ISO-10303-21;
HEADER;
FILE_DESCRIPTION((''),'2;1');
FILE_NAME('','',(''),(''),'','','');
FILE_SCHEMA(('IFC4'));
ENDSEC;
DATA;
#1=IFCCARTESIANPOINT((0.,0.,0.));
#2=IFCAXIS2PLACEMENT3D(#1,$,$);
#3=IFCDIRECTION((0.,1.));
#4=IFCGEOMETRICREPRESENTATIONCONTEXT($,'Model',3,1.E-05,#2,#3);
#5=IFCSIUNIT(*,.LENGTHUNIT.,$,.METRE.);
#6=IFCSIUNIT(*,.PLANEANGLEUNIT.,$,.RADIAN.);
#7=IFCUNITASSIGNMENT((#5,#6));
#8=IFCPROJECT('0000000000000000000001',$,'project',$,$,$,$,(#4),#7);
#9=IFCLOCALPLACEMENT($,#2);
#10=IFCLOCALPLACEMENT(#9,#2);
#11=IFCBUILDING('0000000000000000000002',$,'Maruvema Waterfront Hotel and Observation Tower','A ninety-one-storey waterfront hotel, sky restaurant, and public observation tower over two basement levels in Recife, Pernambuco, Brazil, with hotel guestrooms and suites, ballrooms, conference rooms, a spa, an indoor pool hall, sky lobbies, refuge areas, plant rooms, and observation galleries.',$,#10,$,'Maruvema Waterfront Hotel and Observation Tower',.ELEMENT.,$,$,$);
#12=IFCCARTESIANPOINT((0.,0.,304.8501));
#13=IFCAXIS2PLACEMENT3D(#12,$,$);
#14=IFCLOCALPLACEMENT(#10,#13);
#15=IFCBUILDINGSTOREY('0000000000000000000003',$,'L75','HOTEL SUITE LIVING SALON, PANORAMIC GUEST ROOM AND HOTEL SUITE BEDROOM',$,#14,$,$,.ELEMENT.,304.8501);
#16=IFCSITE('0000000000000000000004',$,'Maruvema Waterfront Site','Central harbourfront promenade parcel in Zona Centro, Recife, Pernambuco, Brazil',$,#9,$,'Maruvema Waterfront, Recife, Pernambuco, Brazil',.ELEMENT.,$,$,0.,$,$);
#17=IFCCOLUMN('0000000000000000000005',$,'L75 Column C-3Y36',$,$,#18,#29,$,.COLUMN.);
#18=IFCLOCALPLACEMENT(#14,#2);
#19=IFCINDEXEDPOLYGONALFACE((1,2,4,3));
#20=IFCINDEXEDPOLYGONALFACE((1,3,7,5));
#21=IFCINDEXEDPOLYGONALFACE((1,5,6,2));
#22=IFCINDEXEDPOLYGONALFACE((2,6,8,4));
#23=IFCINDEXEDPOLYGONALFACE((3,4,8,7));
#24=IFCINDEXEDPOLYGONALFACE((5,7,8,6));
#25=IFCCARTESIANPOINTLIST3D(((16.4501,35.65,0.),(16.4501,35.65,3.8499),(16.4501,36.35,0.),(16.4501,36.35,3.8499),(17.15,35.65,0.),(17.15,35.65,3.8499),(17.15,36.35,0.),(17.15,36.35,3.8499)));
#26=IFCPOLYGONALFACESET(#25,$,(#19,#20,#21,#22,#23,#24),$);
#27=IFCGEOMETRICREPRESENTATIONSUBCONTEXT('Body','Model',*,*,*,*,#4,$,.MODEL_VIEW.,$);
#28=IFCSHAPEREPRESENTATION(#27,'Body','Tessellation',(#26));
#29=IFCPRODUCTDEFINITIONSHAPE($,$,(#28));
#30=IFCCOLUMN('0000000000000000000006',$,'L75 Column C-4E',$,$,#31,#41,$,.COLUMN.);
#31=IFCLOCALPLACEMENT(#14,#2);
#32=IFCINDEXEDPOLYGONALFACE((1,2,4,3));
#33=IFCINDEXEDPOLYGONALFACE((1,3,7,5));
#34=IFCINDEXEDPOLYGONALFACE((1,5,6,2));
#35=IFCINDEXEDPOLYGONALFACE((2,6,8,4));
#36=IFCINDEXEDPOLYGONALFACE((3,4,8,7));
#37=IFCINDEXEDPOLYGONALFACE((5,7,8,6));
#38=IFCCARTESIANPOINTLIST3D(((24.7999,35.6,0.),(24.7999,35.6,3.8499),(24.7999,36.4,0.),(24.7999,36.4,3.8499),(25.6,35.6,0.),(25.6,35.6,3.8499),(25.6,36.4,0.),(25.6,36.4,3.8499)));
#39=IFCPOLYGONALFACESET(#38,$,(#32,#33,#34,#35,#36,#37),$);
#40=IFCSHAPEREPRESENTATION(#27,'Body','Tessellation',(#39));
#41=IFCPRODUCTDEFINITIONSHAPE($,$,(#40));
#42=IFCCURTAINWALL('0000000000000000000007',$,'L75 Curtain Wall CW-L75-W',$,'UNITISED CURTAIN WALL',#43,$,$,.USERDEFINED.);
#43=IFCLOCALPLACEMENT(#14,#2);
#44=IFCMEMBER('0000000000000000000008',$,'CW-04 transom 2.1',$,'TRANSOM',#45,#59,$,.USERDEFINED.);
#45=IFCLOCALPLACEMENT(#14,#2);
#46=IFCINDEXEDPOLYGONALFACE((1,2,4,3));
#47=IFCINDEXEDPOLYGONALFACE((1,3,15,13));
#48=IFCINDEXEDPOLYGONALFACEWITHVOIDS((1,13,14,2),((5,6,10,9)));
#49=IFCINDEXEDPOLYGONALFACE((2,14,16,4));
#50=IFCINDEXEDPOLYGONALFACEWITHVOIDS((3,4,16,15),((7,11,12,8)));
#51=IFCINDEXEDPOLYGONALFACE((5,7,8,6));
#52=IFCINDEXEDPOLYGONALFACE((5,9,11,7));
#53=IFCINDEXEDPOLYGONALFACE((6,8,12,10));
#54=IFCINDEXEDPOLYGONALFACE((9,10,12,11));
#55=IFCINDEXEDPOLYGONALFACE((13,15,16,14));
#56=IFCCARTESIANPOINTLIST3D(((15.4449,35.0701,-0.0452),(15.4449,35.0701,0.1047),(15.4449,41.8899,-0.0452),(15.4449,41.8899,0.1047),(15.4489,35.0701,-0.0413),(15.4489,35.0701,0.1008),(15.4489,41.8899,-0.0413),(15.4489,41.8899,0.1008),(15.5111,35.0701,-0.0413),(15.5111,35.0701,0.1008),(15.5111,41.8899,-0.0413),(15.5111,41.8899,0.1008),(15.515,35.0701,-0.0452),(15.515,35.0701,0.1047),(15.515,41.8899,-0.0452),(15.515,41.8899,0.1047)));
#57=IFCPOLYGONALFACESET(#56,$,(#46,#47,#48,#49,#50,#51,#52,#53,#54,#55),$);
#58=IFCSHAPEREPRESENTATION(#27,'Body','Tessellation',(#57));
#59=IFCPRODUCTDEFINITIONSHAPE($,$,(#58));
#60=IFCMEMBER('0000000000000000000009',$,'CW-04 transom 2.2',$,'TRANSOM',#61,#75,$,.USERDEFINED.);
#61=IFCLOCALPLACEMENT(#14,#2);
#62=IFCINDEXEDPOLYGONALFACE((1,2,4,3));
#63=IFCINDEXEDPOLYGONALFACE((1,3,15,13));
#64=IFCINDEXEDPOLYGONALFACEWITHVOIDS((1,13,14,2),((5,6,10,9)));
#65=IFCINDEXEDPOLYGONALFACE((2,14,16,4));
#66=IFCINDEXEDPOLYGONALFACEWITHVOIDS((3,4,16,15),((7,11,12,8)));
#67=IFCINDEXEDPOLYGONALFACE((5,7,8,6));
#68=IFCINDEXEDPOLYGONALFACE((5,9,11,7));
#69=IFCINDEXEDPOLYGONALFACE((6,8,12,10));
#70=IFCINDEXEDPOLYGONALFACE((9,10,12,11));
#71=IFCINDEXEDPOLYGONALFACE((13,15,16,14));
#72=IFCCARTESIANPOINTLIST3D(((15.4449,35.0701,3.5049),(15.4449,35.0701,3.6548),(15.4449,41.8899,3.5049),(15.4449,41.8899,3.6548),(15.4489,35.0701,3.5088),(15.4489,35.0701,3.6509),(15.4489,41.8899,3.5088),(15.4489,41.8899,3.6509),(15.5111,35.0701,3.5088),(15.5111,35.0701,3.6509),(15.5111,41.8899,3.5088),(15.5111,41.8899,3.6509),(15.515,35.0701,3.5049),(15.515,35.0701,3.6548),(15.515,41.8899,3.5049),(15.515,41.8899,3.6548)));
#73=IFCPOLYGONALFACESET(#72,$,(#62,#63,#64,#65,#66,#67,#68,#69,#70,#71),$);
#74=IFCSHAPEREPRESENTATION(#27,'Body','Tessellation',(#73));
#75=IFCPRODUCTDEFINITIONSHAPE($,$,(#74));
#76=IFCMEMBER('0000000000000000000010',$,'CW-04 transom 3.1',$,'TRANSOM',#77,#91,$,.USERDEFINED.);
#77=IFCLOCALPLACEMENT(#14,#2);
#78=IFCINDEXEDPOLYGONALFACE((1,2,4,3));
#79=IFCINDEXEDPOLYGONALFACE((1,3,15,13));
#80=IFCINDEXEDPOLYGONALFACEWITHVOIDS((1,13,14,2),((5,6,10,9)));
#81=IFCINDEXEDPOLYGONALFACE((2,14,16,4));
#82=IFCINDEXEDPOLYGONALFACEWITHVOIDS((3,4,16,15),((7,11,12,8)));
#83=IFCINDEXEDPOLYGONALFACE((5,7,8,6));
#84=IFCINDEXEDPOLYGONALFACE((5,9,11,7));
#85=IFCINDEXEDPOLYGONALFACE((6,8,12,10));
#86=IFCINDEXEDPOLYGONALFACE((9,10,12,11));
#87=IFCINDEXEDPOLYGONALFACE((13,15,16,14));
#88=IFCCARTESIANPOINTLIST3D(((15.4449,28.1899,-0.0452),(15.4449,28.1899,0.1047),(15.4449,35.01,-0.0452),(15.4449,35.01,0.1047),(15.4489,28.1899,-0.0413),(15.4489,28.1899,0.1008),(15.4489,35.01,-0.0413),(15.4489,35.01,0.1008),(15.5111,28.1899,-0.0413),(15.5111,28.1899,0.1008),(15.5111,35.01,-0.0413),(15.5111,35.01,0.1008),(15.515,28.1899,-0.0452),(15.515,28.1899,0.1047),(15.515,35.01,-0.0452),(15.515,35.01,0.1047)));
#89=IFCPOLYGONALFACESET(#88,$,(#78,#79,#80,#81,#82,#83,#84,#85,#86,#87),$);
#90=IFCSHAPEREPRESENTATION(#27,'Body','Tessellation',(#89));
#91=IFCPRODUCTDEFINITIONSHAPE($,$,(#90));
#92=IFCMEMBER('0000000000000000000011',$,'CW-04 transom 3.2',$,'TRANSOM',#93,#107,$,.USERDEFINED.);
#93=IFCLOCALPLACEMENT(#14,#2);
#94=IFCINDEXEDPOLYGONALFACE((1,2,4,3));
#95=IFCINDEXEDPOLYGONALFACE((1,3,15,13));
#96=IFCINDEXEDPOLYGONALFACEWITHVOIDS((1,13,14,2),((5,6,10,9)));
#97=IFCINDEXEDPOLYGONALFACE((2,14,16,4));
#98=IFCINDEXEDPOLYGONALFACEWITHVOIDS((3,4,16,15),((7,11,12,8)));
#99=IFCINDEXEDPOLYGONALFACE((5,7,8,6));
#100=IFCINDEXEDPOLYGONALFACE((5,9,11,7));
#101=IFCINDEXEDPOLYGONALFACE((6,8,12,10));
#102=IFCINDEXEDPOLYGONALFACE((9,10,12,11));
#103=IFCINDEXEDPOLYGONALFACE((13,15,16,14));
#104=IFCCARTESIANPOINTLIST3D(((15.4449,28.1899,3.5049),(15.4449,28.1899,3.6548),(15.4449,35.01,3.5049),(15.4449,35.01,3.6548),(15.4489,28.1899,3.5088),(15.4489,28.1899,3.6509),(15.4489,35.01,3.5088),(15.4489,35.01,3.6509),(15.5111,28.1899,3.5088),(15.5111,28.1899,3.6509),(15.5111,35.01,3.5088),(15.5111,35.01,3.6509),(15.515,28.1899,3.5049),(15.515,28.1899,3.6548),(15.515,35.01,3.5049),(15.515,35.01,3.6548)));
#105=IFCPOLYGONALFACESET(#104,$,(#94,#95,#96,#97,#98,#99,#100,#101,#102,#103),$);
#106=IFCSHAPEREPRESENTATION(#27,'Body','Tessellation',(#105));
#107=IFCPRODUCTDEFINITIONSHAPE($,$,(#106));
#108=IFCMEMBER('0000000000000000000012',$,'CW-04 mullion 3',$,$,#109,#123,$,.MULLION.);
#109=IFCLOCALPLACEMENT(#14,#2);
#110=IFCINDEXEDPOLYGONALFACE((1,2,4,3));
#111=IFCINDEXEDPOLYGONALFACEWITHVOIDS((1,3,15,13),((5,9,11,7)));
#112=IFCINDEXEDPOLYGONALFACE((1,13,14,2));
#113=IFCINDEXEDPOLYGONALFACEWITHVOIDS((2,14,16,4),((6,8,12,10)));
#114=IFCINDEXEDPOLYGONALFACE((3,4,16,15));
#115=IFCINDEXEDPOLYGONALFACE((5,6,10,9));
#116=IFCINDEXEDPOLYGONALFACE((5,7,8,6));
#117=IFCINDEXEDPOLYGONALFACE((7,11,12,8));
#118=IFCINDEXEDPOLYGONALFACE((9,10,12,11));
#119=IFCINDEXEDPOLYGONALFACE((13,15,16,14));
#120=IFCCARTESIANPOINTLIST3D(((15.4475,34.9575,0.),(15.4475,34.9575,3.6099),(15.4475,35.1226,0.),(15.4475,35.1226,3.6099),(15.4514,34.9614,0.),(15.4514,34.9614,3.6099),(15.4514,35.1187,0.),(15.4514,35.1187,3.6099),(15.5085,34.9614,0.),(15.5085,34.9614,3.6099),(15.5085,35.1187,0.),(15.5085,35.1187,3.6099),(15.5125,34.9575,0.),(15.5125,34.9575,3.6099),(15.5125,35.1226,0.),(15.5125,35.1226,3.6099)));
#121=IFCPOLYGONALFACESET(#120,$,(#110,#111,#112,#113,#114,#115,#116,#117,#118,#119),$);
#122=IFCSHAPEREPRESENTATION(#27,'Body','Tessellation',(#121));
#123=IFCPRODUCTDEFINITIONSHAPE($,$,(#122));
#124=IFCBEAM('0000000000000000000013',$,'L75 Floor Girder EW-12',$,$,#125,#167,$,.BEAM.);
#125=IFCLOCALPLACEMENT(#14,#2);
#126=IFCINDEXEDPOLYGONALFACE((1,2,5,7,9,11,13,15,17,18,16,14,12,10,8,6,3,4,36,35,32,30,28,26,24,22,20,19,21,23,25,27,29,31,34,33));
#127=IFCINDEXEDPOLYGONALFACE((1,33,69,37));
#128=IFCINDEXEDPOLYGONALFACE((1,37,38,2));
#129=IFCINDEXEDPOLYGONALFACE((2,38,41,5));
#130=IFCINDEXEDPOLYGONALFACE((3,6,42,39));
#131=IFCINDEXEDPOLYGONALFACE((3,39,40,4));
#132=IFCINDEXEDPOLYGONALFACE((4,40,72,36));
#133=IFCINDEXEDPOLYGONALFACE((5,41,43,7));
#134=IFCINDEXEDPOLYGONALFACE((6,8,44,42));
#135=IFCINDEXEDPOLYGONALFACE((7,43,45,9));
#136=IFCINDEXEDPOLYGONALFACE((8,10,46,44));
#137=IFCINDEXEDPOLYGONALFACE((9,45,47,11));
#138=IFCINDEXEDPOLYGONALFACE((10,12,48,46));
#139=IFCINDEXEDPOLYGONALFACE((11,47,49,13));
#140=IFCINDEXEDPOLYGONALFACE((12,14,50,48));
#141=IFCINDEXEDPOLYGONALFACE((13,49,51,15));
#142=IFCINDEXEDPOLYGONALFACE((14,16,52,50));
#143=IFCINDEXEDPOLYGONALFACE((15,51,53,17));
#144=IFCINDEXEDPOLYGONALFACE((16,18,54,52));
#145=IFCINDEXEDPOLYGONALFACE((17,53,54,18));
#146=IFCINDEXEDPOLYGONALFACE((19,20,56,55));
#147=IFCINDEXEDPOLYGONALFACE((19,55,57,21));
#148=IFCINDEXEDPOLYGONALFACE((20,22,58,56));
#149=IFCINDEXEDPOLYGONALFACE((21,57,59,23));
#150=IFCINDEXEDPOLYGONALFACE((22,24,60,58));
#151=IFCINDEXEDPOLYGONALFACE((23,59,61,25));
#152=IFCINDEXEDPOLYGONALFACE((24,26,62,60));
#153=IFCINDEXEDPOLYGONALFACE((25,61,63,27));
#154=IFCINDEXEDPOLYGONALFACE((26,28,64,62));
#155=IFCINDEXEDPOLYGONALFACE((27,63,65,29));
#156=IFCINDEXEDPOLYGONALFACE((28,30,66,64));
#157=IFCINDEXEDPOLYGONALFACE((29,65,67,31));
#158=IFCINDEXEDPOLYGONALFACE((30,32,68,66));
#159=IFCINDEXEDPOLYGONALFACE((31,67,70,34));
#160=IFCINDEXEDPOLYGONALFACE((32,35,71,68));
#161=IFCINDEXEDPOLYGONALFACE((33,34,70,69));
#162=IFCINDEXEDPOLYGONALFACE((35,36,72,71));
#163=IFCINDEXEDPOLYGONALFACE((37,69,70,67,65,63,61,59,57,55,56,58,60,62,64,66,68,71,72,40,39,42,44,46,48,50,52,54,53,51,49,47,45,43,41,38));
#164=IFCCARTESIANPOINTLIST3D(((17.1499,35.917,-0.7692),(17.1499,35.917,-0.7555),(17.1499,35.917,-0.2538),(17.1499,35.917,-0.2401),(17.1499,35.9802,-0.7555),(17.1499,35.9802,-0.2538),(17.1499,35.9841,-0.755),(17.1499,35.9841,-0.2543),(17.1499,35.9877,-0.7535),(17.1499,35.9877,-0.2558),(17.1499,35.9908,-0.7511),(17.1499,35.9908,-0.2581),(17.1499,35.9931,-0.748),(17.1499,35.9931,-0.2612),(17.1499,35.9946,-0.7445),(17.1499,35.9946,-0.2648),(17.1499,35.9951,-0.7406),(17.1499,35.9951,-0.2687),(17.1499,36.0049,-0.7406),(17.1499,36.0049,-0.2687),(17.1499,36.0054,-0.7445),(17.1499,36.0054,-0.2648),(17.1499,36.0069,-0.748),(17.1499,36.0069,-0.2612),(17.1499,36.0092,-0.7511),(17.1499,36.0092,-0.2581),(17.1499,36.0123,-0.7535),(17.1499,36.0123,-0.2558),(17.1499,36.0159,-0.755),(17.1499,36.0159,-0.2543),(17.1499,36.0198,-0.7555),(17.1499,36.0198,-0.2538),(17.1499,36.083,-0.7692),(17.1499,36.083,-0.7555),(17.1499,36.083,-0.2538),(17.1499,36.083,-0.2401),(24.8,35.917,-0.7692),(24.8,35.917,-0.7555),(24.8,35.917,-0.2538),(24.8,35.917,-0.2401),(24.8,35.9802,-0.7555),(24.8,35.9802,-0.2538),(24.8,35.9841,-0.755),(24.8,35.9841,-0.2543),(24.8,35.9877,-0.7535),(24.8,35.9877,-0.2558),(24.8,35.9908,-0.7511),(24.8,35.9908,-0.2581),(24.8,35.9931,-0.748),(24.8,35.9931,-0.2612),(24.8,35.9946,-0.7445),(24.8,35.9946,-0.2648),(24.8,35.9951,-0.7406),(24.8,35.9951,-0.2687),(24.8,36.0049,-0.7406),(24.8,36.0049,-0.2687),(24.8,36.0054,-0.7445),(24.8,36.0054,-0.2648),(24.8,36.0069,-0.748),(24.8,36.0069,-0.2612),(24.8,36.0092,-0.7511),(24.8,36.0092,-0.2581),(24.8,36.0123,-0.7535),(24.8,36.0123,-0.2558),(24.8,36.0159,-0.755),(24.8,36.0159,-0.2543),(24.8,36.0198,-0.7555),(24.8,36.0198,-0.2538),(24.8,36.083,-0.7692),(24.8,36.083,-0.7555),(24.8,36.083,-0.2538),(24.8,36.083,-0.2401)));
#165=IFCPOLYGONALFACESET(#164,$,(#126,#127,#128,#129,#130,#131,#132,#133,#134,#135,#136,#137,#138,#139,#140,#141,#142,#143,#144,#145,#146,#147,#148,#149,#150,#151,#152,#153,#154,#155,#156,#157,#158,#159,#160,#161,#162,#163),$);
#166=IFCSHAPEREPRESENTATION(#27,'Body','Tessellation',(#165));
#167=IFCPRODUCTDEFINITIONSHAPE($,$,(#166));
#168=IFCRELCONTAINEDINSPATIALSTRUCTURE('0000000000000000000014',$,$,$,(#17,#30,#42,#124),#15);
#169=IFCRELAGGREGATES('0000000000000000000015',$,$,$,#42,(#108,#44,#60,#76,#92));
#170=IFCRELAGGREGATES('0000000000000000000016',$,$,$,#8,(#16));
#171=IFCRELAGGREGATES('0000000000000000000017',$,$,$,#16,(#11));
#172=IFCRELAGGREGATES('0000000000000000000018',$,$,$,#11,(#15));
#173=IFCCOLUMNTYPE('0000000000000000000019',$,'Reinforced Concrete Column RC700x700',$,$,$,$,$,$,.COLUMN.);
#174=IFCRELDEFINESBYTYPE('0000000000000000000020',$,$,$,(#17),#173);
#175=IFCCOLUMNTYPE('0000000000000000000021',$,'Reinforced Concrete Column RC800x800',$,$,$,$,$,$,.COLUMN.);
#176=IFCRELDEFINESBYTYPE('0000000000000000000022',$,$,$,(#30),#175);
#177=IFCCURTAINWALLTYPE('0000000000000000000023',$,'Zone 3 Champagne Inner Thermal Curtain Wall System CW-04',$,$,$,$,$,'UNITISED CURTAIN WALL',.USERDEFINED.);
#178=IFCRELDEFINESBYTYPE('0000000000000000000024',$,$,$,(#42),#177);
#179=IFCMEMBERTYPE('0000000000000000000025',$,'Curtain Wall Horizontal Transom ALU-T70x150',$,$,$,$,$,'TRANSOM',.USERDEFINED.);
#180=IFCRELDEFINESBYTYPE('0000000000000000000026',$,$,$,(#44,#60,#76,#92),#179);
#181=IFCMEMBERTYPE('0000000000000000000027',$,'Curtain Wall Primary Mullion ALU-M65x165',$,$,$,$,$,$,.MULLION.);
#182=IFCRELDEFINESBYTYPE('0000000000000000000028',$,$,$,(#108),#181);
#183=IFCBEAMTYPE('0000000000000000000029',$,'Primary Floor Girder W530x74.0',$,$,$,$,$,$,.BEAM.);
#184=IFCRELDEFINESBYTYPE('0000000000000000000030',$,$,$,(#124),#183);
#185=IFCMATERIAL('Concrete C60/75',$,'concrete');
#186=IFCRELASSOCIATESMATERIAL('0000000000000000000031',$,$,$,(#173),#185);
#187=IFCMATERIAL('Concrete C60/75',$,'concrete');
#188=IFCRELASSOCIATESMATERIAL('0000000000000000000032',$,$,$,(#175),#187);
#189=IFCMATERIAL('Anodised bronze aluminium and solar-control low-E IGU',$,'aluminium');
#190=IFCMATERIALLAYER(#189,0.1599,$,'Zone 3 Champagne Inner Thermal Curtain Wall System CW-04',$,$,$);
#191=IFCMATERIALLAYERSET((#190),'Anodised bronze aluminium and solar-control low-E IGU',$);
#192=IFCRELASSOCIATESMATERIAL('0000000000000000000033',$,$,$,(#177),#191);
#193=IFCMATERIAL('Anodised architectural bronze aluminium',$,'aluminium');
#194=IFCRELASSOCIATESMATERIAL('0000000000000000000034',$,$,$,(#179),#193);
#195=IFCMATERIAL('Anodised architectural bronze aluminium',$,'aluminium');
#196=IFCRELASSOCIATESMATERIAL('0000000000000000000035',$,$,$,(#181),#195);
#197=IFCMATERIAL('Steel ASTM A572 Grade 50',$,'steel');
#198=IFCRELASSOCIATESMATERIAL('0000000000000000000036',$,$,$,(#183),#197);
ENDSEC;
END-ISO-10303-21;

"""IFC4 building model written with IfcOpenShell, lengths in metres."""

from ifc_helpers import new_model, si_unit, direction, frame, origin, origin_2d, place, context, subcontext, project, spatial, rectangle, hollow_rectangle, i_section, extrude, material, layer, layer_set, material_profile, profile_set, type_object, element, aggregate, save


model = new_model("IFC4")

# Units and contexts
model_context = context("Model", 3, precision=1e-05, world=origin(), true_north=direction((0.0, 1.0)))
body_context = subcontext(model_context, "Body", "Model", "MODEL_VIEW")
ifc_project = project(units=[si_unit("LENGTHUNIT", "METRE"), si_unit("PLANEANGLEUNIT", "RADIAN")], contexts=[model_context])

# Site, building, storey
site_placement = place(None, origin())
site = spatial("IfcSite", under=ifc_project, at=site_placement, Name="Maruvema Waterfront Site", Description="Central harbourfront promenade parcel in Zona Centro, Recife, Pernambuco, Brazil", LongName="Maruvema Waterfront, Recife, Pernambuco, Brazil", CompositionType="ELEMENT", RefElevation=0.0)
building_placement = place(site_placement, origin())
building = spatial("IfcBuilding", under=site, at=building_placement, Name="Maruvema Waterfront Hotel and Observation Tower", Description="A ninety-one-storey waterfront hotel, sky restaurant, and public observation tower over two basement levels in Recife, Pernambuco, Brazil, with hotel guestrooms and suites, ballrooms, conference rooms, a spa, an indoor pool hall, sky lobbies, refuge areas, plant rooms, and observation galleries.", LongName="Maruvema Waterfront Hotel and Observation Tower", CompositionType="ELEMENT")
storey_placement = place(building_placement, frame((0.0, 0.0, 304.8501)))
storey = spatial("IfcBuildingStorey", under=building, at=storey_placement, Name="L75", Description="HOTEL SUITE LIVING SALON, PANORAMIC GUEST ROOM AND HOTEL SUITE BEDROOM", CompositionType="ELEMENT", Elevation=304.8501)

# Columns
ifc_material_1 = material(Name="Concrete C60/75", Category="concrete")
ifc_material_profile_1 = material_profile(ifc_material_1, rectangle(XDim=0.7, YDim=0.7, at=origin_2d()), Name="RC700x700")
ifc_profile_set_1 = profile_set([ifc_material_profile_1], Name="Concrete C60/75")
column_type_1 = type_object("IfcColumnType", Name="Reinforced Concrete Column RC700x700", PredefinedType="COLUMN", material=ifc_profile_set_1)
column_1_placement = place(storey_placement, frame((16.8, 36.0, 0.0), z_axis=(0.0, 0.0, 1.0), x_axis=(1.0, 0.0, 0.0)))
element("IfcColumn", 1, at=column_1_placement, inside=storey, type_object=column_type_1, Name="L75 Column C-3Y36", PredefinedType="COLUMN", context=body_context, shape_type="SweptSolid", body=[
    extrude(rectangle(XDim=0.7, YDim=0.7, at=origin_2d()), origin(), (0.0, 0.0, 1.0), 3.8499),
])
ifc_material_2 = material(Name="Concrete C60/75", Category="concrete")
ifc_material_profile_2 = material_profile(ifc_material_2, rectangle(XDim=0.8, YDim=0.8, at=origin_2d()), Name="RC800x800")
ifc_profile_set_2 = profile_set([ifc_material_profile_2], Name="Concrete C60/75")
column_type_2 = type_object("IfcColumnType", Name="Reinforced Concrete Column RC800x800", PredefinedType="COLUMN", material=ifc_profile_set_2)
column_2_placement = place(storey_placement, frame((25.2, 36.0, 0.0), z_axis=(0.0, 0.0, 1.0), x_axis=(1.0, 0.0, 0.0)))
element("IfcColumn", 2, at=column_2_placement, inside=storey, type_object=column_type_2, Name="L75 Column C-4E", PredefinedType="COLUMN", context=body_context, shape_type="SweptSolid", body=[
    extrude(rectangle(XDim=0.8, YDim=0.8, at=origin_2d()), origin(), (0.0, 0.0, 1.0), 3.8499),
])

# Curtain wall, members
ifc_material_3 = material(Name="Anodised bronze aluminium and solar-control low-E IGU", Category="aluminium")
ifc_layer_1 = layer(ifc_material_3, 0.1599, Name="Zone 3 Champagne Inner Thermal Curtain Wall System CW-04")
ifc_layer_set_1 = layer_set([ifc_layer_1], Name="Anodised bronze aluminium and solar-control low-E IGU")
curtain_wall_type = type_object("IfcCurtainWallType", Name="Zone 3 Champagne Inner Thermal Curtain Wall System CW-04", ElementType="UNITISED CURTAIN WALL", PredefinedType="USERDEFINED", material=ifc_layer_set_1)
curtain_wall_placement = place(storey_placement, origin())
curtain_wall = element("IfcCurtainWall", 3, at=curtain_wall_placement, inside=storey, type_object=curtain_wall_type, Name="L75 Curtain Wall CW-L75-W", ObjectType="UNITISED CURTAIN WALL", PredefinedType="USERDEFINED")
ifc_material_4 = material(Name="Anodised architectural bronze aluminium", Category="aluminium")
ifc_material_profile_3 = material_profile(ifc_material_4, hollow_rectangle(XDim=0.0701, YDim=0.1499, WallThickness=0.0039, at=origin_2d()), Name="ALU-T70x150")
ifc_profile_set_3 = profile_set([ifc_material_profile_3], Name="Anodised architectural bronze aluminium")
member_type_1 = type_object("IfcMemberType", Name="Curtain Wall Horizontal Transom ALU-T70x150", ElementType="TRANSOM", PredefinedType="USERDEFINED", material=ifc_profile_set_3)
member_1_placement = place(storey_placement, frame((15.48, 41.8899, 0.0298), z_axis=(0.0, -1.0, 0.0), x_axis=(1.0, 0.0, 0.0)))
member_1 = element("IfcMember", 4, at=member_1_placement, type_object=member_type_1, Name="CW-04 transom 2.1", ObjectType="TRANSOM", PredefinedType="USERDEFINED", context=body_context, shape_type="SweptSolid", body=[
    extrude(hollow_rectangle(XDim=0.0701, YDim=0.1499, WallThickness=0.0039, at=origin_2d()), origin(), (0.0, 0.0, 1.0), 6.8198),
])
member_2_placement = place(storey_placement, frame((15.48, 41.8899, 3.5798), z_axis=(0.0, -1.0, 0.0), x_axis=(1.0, 0.0, 0.0)))
member_2 = element("IfcMember", 5, at=member_2_placement, type_object=member_type_1, Name="CW-04 transom 2.2", ObjectType="TRANSOM", PredefinedType="USERDEFINED", context=body_context, shape_type="SweptSolid", body=[
    extrude(hollow_rectangle(XDim=0.0701, YDim=0.1499, WallThickness=0.0039, at=origin_2d()), origin(), (0.0, 0.0, 1.0), 6.8198),
])
member_3_placement = place(storey_placement, frame((15.48, 35.01, 0.0298), z_axis=(0.0, -1.0, 0.0), x_axis=(1.0, 0.0, 0.0)))
member_3 = element("IfcMember", 6, at=member_3_placement, type_object=member_type_1, Name="CW-04 transom 3.1", ObjectType="TRANSOM", PredefinedType="USERDEFINED", context=body_context, shape_type="SweptSolid", body=[
    extrude(hollow_rectangle(XDim=0.0701, YDim=0.1499, WallThickness=0.0039, at=origin_2d()), origin(), (0.0, 0.0, 1.0), 6.8201),
])
member_4_placement = place(storey_placement, frame((15.48, 35.01, 3.5798), z_axis=(0.0, -1.0, 0.0), x_axis=(1.0, 0.0, 0.0)))
member_4 = element("IfcMember", 7, at=member_4_placement, type_object=member_type_1, Name="CW-04 transom 3.2", ObjectType="TRANSOM", PredefinedType="USERDEFINED", context=body_context, shape_type="SweptSolid", body=[
    extrude(hollow_rectangle(XDim=0.0701, YDim=0.1499, WallThickness=0.0039, at=origin_2d()), origin(), (0.0, 0.0, 1.0), 6.8201),
])
ifc_material_5 = material(Name="Anodised architectural bronze aluminium", Category="aluminium")
ifc_material_profile_4 = material_profile(ifc_material_5, hollow_rectangle(XDim=0.0649, YDim=0.165, WallThickness=0.0039, at=origin_2d()), Name="ALU-M65x165")
ifc_profile_set_4 = profile_set([ifc_material_profile_4], Name="Anodised architectural bronze aluminium")
member_type_2 = type_object("IfcMemberType", Name="Curtain Wall Primary Mullion ALU-M65x165", PredefinedType="MULLION", material=ifc_profile_set_4)
member_5_placement = place(storey_placement, frame((15.48, 35.04, 0.0), z_axis=(0.0, 0.0, 1.0), x_axis=(1.0, 0.0, 0.0)))
member_5 = element("IfcMember", 8, at=member_5_placement, type_object=member_type_2, Name="CW-04 mullion 3", PredefinedType="MULLION", context=body_context, shape_type="SweptSolid", body=[
    extrude(hollow_rectangle(XDim=0.0649, YDim=0.165, WallThickness=0.0039, at=origin_2d()), origin(), (0.0, 0.0, 1.0), 3.6099),
])

# Beam
ifc_material_6 = material(Name="Steel ASTM A572 Grade 50", Category="steel")
ifc_material_profile_5 = material_profile(ifc_material_6, i_section(OverallWidth=0.166, OverallDepth=0.5291, WebThickness=0.0098, FlangeThickness=0.0137, FilletRadius=0.0149, at=origin_2d()), Name="W530x74.0")
ifc_profile_set_5 = profile_set([ifc_material_profile_5], Name="Steel ASTM A572 Grade 50")
beam_type_1 = type_object("IfcBeamType", Name="Primary Floor Girder W530x74.0", PredefinedType="BEAM", material=ifc_profile_set_5)
beam_1_placement = place(storey_placement, frame((17.1499, 36.0, -0.5046), z_axis=(1.0, 0.0, 0.0), x_axis=(0.0, 1.0, 0.0)))
element("IfcBeam", 9, at=beam_1_placement, inside=storey, type_object=beam_type_1, Name="L75 Floor Girder EW-12", PredefinedType="BEAM", context=body_context, shape_type="SweptSolid", body=[
    extrude(i_section(OverallWidth=0.166, OverallDepth=0.5291, WebThickness=0.0098, FlangeThickness=0.0137, FilletRadius=0.0149, at=origin_2d()), origin(), (0.0, 0.0, 1.0), 7.6501),
])

aggregate(curtain_wall, [member_5, member_1, member_2, member_3, member_4])

save(model, "model.ifc")
